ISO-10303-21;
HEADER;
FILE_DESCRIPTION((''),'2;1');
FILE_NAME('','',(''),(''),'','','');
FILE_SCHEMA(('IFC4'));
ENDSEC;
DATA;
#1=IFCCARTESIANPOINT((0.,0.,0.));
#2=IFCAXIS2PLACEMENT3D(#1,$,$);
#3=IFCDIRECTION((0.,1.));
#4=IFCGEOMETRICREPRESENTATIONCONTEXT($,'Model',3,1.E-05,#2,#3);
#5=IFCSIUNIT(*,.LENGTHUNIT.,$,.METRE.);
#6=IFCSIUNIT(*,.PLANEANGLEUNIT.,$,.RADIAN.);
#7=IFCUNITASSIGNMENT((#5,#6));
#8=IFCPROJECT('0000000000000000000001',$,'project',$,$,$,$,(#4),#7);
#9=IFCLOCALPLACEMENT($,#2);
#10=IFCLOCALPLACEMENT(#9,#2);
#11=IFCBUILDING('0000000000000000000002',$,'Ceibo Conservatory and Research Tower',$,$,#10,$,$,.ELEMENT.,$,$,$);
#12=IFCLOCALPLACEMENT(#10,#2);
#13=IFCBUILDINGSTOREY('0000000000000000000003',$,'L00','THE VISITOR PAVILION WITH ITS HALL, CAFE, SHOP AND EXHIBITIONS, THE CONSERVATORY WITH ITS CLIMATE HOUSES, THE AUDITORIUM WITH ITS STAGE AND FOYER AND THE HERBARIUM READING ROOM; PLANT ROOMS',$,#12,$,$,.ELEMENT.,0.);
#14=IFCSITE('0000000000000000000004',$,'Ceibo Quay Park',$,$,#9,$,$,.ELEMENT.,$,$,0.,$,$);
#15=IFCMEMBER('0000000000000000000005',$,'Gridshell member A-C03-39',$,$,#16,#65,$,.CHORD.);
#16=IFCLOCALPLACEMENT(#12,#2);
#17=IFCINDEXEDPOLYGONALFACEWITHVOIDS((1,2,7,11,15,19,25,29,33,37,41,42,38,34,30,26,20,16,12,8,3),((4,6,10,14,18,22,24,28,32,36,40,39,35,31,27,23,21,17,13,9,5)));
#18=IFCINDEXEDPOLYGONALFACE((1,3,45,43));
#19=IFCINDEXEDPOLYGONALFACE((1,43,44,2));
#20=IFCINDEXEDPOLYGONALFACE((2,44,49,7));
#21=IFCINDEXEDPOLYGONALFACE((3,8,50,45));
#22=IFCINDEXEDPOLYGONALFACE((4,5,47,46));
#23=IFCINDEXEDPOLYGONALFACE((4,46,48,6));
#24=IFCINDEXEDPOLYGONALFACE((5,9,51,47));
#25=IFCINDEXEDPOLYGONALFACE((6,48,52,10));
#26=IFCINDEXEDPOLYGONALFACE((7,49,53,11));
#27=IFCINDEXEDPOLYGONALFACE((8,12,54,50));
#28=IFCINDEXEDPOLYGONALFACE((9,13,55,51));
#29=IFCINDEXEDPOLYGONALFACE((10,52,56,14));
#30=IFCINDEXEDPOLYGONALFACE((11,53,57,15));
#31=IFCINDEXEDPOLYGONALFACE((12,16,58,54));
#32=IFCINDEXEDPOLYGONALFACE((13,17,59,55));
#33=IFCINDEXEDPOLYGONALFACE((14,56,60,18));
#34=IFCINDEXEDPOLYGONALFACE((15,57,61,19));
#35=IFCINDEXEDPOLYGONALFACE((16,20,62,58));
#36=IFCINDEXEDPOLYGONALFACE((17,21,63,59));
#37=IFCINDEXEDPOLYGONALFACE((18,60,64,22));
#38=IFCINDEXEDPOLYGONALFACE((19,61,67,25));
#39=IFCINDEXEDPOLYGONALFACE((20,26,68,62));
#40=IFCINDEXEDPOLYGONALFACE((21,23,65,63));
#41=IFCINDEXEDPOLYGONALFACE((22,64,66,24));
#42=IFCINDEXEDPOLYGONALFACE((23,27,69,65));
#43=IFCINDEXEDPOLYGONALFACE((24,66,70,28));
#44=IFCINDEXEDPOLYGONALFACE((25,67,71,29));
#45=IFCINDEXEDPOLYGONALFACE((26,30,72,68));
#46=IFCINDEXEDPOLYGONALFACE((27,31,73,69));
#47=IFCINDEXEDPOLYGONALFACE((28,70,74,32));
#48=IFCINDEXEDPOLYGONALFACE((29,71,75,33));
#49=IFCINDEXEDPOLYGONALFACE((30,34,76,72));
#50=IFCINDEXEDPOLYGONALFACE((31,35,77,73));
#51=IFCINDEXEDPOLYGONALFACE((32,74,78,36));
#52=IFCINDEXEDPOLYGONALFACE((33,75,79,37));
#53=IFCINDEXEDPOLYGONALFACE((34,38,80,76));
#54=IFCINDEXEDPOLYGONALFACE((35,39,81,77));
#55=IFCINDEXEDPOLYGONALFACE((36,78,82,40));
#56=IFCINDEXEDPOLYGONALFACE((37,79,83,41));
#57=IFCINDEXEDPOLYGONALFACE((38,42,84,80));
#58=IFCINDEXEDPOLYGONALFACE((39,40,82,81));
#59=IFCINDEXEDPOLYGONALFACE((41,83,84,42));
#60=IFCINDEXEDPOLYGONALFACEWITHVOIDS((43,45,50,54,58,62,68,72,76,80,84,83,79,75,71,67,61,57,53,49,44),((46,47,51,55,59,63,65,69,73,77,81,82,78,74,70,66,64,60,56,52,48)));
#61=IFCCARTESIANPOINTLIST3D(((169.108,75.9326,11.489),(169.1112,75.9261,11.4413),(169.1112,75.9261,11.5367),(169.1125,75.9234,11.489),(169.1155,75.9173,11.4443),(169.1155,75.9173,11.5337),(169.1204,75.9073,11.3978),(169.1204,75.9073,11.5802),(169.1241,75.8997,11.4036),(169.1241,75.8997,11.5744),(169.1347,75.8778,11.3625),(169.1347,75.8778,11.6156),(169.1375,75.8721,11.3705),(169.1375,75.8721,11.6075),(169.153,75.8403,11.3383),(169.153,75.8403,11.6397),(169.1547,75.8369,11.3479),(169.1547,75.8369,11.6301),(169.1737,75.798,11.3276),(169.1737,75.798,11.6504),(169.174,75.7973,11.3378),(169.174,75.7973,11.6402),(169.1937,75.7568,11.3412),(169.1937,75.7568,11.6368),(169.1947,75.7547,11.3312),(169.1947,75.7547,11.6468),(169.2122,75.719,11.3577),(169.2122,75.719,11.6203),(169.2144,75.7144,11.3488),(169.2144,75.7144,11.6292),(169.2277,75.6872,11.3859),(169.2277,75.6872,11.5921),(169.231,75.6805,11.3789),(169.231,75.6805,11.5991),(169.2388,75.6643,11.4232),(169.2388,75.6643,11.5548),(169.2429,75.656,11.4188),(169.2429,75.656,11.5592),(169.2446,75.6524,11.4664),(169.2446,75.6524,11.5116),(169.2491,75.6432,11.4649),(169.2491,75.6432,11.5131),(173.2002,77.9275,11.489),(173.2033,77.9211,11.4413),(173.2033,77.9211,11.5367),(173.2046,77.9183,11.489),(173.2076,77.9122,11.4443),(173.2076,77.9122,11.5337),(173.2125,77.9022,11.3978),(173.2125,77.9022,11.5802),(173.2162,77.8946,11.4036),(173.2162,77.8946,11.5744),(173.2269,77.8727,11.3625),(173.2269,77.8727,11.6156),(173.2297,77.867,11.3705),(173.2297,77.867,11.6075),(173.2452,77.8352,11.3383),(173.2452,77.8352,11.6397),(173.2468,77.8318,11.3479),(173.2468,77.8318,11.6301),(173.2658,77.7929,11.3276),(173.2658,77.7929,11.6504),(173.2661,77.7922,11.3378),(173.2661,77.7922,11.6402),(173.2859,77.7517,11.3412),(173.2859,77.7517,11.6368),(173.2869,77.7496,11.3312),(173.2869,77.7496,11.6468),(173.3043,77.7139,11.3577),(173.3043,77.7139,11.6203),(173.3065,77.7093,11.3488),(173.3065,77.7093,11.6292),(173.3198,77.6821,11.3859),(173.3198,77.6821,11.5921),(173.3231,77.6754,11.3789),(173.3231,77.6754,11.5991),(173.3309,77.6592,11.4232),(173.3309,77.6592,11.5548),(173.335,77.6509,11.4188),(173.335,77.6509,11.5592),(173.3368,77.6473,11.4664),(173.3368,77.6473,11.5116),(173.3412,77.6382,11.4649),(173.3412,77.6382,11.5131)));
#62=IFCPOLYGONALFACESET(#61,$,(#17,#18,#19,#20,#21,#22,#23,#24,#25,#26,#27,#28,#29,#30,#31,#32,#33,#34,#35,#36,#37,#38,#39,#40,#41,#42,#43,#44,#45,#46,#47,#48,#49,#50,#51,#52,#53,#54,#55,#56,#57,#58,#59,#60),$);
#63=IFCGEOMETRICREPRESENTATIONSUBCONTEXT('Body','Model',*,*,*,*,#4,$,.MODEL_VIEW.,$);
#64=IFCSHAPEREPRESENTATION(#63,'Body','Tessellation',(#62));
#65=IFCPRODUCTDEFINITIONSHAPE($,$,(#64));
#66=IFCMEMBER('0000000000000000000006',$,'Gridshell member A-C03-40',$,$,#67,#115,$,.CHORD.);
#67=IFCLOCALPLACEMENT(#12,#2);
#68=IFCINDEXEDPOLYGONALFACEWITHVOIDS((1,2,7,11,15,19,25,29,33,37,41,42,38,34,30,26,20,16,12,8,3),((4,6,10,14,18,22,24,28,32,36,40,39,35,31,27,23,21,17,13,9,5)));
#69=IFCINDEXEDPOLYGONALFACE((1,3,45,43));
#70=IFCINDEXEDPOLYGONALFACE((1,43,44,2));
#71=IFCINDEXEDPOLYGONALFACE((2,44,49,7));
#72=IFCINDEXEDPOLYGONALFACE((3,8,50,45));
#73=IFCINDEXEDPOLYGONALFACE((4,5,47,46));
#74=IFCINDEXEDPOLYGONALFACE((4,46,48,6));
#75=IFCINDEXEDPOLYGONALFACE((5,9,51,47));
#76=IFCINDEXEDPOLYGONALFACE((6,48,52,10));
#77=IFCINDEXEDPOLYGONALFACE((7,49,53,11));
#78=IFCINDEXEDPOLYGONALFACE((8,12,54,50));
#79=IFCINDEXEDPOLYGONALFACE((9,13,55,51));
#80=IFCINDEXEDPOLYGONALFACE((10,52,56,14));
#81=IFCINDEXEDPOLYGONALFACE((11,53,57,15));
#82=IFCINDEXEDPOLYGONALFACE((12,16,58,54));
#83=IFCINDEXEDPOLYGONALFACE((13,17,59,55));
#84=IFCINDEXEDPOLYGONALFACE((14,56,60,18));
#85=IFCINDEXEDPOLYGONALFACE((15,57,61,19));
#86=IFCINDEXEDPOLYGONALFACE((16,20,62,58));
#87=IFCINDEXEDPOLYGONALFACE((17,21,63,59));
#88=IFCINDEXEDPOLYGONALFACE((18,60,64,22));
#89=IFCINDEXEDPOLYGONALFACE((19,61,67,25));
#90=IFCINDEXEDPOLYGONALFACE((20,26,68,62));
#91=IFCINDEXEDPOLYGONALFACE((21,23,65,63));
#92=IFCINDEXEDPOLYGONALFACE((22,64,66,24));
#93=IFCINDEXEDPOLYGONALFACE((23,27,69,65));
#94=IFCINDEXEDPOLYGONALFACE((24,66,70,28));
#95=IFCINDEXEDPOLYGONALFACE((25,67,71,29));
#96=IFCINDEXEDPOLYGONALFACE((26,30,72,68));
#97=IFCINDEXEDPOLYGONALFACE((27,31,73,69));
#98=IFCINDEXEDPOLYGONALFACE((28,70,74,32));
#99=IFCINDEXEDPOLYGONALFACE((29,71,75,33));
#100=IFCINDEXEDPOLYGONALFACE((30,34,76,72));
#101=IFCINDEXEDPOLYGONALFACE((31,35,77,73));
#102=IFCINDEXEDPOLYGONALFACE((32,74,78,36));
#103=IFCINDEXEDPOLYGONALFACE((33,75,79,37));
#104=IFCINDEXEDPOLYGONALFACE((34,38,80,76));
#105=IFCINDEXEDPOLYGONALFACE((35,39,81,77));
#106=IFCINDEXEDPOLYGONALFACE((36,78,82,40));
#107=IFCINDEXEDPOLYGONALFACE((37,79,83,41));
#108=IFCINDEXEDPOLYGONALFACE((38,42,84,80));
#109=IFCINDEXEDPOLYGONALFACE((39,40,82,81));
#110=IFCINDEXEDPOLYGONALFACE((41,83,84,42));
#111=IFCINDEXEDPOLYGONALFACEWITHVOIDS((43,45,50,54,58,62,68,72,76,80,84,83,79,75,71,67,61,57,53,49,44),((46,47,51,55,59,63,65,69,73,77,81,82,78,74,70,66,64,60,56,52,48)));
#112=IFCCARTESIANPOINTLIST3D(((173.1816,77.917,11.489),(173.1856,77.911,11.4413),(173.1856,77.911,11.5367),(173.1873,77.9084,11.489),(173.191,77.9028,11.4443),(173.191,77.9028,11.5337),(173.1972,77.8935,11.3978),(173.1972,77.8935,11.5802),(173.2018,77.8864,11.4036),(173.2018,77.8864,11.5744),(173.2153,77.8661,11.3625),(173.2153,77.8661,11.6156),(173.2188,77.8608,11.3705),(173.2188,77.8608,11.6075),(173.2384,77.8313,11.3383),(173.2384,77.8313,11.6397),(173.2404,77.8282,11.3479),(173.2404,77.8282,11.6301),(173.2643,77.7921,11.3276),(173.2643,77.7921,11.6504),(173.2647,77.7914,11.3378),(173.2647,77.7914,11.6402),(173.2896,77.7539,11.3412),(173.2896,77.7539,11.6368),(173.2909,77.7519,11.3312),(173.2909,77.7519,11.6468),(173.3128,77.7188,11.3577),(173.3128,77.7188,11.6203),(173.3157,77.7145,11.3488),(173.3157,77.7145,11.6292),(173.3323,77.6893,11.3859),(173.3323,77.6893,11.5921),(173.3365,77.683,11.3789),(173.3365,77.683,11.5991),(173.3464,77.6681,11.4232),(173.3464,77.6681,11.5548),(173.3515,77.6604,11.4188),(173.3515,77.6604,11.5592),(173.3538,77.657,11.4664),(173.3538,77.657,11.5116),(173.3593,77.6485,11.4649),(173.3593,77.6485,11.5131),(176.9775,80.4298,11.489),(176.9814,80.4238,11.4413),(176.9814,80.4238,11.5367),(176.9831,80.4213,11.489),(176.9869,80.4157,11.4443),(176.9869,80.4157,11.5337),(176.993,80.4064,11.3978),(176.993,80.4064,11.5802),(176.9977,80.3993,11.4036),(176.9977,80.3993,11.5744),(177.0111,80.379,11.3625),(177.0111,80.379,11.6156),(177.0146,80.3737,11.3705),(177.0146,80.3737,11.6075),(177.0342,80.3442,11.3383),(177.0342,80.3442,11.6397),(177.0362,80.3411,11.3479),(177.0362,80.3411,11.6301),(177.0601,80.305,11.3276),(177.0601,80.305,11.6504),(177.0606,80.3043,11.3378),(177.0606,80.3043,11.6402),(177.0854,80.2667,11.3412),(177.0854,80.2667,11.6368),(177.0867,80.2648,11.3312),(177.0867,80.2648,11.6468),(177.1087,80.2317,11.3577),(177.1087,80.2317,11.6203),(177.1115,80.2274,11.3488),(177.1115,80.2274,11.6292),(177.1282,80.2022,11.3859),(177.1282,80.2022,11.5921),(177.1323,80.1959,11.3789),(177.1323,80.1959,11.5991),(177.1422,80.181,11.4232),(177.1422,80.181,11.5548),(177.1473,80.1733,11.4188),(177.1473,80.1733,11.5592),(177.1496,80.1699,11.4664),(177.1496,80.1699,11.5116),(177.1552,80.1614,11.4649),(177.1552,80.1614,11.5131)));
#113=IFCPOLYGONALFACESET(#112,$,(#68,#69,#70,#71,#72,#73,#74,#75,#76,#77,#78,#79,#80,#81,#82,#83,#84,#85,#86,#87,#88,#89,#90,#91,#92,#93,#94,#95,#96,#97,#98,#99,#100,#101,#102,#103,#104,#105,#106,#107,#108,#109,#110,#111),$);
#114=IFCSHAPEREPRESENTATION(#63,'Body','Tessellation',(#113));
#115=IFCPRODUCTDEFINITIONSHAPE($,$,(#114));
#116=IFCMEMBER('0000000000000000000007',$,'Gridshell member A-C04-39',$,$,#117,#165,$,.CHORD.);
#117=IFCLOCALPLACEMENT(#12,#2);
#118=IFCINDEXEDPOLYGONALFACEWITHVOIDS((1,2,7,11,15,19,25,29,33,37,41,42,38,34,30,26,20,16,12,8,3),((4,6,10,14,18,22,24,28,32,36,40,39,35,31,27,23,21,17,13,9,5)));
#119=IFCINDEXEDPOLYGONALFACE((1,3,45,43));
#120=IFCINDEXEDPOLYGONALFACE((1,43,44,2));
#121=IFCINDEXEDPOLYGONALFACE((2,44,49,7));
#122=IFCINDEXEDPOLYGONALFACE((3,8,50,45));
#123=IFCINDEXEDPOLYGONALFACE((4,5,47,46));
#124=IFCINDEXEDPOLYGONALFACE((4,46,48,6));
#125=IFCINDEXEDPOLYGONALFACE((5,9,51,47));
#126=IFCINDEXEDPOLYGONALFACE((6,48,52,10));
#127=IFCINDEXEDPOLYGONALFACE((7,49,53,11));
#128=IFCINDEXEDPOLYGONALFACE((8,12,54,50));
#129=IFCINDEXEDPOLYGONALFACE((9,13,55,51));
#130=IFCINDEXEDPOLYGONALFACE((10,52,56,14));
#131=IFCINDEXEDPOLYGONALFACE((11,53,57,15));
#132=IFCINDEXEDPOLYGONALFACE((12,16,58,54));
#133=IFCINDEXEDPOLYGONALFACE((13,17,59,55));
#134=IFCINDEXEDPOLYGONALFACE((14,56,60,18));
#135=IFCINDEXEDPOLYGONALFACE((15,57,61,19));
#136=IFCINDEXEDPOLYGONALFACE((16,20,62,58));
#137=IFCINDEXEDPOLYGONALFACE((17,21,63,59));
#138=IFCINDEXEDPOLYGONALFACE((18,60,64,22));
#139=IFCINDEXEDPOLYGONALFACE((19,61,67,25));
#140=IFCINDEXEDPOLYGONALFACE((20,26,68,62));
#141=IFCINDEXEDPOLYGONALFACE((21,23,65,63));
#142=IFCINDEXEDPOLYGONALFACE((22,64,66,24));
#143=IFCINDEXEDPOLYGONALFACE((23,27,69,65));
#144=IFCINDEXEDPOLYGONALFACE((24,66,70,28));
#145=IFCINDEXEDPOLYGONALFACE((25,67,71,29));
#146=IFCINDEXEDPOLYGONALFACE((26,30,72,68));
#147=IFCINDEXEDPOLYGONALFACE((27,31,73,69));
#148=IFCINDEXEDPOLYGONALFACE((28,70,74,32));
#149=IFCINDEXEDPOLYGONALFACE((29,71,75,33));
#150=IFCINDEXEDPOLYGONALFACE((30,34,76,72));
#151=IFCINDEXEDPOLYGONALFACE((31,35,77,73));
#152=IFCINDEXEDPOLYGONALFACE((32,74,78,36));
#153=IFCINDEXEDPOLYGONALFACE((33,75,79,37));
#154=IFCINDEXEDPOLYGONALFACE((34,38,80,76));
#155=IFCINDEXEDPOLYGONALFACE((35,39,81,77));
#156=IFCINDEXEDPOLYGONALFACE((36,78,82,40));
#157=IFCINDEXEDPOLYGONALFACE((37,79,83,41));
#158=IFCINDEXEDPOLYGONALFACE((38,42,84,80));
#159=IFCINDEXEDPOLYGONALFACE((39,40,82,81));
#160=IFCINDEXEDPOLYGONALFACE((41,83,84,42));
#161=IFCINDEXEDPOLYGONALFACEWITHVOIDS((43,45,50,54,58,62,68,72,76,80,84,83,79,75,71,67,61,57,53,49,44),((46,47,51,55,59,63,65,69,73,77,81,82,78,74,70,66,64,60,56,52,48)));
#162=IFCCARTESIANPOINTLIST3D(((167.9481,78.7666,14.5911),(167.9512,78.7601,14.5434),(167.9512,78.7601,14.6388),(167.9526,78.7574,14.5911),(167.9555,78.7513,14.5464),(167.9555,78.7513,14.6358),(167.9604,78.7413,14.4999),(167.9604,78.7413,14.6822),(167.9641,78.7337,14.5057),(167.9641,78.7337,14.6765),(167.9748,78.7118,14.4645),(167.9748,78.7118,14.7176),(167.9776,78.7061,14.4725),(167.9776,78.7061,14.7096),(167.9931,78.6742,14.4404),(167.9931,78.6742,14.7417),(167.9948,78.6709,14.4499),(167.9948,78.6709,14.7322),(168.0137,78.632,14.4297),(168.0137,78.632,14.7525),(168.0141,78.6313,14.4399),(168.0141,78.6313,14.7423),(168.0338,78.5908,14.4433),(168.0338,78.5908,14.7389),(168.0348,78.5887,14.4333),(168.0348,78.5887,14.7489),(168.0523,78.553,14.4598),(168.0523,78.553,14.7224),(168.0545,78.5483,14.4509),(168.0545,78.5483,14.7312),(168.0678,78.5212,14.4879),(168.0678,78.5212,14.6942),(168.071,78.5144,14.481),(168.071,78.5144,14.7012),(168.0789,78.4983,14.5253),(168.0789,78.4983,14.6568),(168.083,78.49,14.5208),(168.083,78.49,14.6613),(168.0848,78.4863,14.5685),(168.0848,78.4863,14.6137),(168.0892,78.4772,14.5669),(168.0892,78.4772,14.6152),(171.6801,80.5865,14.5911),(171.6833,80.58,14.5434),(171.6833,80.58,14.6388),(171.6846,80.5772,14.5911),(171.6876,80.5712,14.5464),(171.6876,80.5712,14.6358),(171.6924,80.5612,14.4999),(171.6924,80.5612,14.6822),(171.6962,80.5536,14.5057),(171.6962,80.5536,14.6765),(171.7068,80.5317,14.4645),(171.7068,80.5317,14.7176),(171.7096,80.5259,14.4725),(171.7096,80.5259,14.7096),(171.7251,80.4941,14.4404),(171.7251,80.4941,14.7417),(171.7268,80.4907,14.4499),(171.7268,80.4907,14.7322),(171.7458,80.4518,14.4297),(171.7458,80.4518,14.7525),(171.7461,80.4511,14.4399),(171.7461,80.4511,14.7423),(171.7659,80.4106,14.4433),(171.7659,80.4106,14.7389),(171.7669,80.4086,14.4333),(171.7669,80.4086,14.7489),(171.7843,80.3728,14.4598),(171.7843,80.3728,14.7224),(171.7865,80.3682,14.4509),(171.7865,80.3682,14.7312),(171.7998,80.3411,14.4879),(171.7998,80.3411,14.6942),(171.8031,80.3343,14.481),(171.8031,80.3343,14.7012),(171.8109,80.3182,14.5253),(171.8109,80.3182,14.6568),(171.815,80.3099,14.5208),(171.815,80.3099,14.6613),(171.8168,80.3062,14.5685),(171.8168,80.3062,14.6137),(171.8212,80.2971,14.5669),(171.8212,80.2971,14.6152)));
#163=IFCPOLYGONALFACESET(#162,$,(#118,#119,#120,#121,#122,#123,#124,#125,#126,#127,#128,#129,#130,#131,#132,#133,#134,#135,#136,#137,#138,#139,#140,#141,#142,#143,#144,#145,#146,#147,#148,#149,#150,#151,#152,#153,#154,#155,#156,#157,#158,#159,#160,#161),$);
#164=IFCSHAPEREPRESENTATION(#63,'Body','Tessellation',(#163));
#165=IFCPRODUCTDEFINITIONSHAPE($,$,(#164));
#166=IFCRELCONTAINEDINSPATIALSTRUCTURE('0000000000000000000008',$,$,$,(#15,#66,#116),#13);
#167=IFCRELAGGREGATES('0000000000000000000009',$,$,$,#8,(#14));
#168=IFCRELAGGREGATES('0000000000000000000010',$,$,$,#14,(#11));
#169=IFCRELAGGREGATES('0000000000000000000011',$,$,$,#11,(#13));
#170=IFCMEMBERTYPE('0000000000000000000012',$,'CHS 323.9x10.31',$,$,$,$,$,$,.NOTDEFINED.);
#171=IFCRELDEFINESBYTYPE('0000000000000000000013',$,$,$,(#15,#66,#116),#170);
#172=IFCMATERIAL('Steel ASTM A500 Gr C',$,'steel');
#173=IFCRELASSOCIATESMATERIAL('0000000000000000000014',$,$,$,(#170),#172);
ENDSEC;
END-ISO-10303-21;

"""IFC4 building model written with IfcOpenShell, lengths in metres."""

from ifc_helpers import new_model, si_unit, direction, frame, origin, origin_2d, place, context, subcontext, project, spatial, hollow_circle, extrude, material, material_profile, profile_set, type_object, element, save


model = new_model("IFC4")

# Units and contexts
model_context = context("Model", 3, precision=1e-05, world=origin(), true_north=direction((0.0, 1.0)))
body_context = subcontext(model_context, "Body", "Model", "MODEL_VIEW")
ifc_project = project(units=[si_unit("LENGTHUNIT", "METRE"), si_unit("PLANEANGLEUNIT", "RADIAN")], contexts=[model_context])

# Site, building, storey
site_placement = place(None, origin())
site = spatial("IfcSite", under=ifc_project, at=site_placement, Name="Ceibo Quay Park", CompositionType="ELEMENT", RefElevation=0.0)
building_placement = place(site_placement, origin())
building = spatial("IfcBuilding", under=site, at=building_placement, Name="Ceibo Conservatory and Research Tower", CompositionType="ELEMENT")
storey_placement = place(building_placement, origin())
storey = spatial("IfcBuildingStorey", under=building, at=storey_placement, Name="L00", Description="THE VISITOR PAVILION WITH ITS HALL, CAFE, SHOP AND EXHIBITIONS, THE CONSERVATORY WITH ITS CLIMATE HOUSES, THE AUDITORIUM WITH ITS STAGE AND FOYER AND THE HERBARIUM READING ROOM; PLANT ROOMS", CompositionType="ELEMENT", Elevation=0.0)

# Members
ifc_material_1 = material(Name="Steel ASTM A500 Gr C", Category="steel")
ifc_material_profile_1 = material_profile(ifc_material_1, hollow_circle(Radius=0.1619, WallThickness=0.0103, at=origin_2d()), Name="CHS 323.9x10.31")
ifc_profile_set_1 = profile_set([ifc_material_profile_1], Name="Steel ASTM A500 Gr C")
member_type_1 = type_object("IfcMemberType", Name="CHS 323.9x10.31", PredefinedType="NOTDEFINED", material=ifc_profile_set_1)
member_1_placement = place(storey_placement, frame((169.179, 75.7871, 11.489), z_axis=(0.898876, 0.438203, 0.0), x_axis=(-0.438203, 0.898876, 0.0)))
element("IfcMember", 1, at=member_1_placement, inside=storey, type_object=member_type_1, Name="Gridshell member A-C03-39", PredefinedType="CHORD", context=body_context, shape_type="SweptSolid", body=[
    extrude(hollow_circle(Radius=0.1619, WallThickness=0.0103, at=origin_2d()), origin(), (0.0, 0.0, 1.0), 4.5525),
])
member_2_placement = place(storey_placement, frame((173.271, 77.782, 11.489), z_axis=(0.833836, 0.552012, 0.0), x_axis=(-0.552012, 0.833836, 0.0)))
element("IfcMember", 2, at=member_2_placement, inside=storey, type_object=member_type_1, Name="Gridshell member A-C03-40", PredefinedType="CHORD", context=body_context, shape_type="SweptSolid", body=[
    extrude(hollow_circle(Radius=0.1619, WallThickness=0.0103, at=origin_2d()), origin(), (0.0, 0.0, 1.0), 4.5522),
])
member_3_placement = place(storey_placement, frame((168.019, 78.6211, 14.5911), z_axis=(0.898828, 0.438301, 0.0), x_axis=(-0.438301, 0.898828, 0.0)))
element("IfcMember", 3, at=member_3_placement, inside=storey, type_object=member_type_1, Name="Gridshell member A-C04-39", PredefinedType="CHORD", context=body_context, shape_type="SweptSolid", body=[
    extrude(hollow_circle(Radius=0.1619, WallThickness=0.0103, at=origin_2d()), origin(), (0.0, 0.0, 1.0), 4.1521),
])

save(model, "model.ifc")
